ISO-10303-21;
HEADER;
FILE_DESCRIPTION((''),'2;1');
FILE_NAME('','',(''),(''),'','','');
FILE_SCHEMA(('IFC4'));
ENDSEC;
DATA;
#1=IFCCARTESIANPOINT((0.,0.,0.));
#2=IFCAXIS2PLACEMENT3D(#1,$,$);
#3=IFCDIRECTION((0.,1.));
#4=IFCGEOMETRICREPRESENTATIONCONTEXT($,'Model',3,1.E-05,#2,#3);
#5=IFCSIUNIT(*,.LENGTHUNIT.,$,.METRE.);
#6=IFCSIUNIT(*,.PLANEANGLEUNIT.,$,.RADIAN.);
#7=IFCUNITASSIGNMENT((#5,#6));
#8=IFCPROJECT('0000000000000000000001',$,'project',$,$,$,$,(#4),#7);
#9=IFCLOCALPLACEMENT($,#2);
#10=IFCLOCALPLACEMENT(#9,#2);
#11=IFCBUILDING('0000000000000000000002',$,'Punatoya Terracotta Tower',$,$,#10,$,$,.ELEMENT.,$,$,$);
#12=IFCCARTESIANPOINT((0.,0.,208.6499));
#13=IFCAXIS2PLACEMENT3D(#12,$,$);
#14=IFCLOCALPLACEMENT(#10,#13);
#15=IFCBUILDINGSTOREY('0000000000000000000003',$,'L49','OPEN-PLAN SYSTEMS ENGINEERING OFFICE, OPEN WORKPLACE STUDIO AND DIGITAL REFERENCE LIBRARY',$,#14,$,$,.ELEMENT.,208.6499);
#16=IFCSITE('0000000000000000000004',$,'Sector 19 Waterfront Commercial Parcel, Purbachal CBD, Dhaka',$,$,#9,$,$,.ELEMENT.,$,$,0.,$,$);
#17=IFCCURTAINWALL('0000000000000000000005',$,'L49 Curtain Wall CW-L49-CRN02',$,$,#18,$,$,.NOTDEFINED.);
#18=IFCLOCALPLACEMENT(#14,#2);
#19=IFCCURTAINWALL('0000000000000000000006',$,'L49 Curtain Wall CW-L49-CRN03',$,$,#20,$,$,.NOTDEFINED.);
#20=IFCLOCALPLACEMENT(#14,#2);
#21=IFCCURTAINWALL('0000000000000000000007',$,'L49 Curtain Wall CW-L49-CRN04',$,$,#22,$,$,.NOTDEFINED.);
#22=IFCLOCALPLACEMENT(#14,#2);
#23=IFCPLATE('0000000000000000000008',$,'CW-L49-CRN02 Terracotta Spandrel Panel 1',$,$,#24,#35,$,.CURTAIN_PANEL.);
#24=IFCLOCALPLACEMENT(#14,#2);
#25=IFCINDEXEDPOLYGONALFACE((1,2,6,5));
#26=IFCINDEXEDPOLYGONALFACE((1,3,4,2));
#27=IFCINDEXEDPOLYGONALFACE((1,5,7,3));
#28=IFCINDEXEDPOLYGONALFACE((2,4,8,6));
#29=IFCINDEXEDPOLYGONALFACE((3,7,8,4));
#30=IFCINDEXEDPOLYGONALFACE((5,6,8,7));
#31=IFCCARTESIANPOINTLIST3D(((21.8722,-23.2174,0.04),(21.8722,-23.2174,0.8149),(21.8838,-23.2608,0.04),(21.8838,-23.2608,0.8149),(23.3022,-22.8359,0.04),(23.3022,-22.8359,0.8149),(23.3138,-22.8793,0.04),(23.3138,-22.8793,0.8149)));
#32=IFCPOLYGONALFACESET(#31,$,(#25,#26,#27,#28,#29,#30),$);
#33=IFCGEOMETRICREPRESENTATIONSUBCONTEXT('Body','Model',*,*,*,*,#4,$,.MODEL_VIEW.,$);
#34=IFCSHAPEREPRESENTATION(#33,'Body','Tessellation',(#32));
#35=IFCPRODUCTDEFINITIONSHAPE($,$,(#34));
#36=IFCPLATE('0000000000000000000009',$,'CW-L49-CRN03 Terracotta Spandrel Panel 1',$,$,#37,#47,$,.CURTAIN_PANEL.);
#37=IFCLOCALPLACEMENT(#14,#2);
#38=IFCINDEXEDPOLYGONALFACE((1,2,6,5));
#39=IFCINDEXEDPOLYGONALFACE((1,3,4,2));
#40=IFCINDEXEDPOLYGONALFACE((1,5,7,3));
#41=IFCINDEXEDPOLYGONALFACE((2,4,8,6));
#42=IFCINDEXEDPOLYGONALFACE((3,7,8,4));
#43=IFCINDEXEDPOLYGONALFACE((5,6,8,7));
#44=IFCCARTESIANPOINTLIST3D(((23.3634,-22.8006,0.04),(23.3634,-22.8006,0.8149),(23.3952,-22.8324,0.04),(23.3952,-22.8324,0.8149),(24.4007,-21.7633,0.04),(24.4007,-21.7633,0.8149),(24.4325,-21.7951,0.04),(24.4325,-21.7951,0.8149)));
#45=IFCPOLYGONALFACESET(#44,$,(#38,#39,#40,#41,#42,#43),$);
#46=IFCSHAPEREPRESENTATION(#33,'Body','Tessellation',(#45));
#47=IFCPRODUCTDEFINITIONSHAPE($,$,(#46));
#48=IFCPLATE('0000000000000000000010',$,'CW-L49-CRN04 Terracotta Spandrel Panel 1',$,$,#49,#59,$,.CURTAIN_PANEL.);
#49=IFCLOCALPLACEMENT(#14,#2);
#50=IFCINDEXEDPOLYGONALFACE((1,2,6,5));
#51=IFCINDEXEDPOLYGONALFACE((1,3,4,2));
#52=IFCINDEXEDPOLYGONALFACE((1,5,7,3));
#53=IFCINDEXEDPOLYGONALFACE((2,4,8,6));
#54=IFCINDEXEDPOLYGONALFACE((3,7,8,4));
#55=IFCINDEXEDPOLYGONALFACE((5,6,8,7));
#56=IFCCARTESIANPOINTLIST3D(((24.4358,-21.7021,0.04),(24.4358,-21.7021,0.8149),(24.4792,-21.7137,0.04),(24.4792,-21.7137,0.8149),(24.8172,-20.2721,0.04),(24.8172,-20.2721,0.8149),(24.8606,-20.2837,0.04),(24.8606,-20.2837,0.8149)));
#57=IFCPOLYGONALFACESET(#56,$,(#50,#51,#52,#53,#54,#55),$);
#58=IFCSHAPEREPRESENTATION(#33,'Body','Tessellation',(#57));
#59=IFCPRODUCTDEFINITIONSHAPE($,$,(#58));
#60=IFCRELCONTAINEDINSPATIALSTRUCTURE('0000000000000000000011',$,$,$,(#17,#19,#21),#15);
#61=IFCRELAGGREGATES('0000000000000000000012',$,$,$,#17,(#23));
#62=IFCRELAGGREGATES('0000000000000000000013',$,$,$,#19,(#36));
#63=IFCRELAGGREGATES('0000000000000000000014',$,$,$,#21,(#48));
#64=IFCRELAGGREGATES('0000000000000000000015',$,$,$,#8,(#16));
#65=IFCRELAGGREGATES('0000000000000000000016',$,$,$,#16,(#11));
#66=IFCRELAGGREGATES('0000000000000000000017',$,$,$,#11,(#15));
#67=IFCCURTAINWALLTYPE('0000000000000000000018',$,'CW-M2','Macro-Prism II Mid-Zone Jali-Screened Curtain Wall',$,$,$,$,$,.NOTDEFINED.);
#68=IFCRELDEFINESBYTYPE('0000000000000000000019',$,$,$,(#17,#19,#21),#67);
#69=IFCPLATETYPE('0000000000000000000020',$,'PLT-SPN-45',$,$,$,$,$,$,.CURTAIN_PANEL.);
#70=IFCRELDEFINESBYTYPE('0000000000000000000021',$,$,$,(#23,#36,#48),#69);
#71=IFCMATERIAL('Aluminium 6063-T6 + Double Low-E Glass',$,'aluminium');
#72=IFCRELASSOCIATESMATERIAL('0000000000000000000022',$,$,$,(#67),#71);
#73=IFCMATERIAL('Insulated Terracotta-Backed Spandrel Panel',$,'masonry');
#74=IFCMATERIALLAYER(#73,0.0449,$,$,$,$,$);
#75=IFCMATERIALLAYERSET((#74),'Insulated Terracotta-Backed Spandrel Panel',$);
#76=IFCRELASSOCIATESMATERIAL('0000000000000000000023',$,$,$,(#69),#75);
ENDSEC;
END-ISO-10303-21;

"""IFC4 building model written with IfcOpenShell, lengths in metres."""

from ifc_helpers import new_model, si_unit, direction, frame, origin, origin_2d, place, context, subcontext, project, spatial, rectangle, extrude, material, layer, layer_set, type_object, element, aggregate, save


model = new_model("IFC4")

# Units and contexts
model_context = context("Model", 3, precision=1e-05, world=origin(), true_north=direction((0.0, 1.0)))
body_context = subcontext(model_context, "Body", "Model", "MODEL_VIEW")
ifc_project = project(units=[si_unit("LENGTHUNIT", "METRE"), si_unit("PLANEANGLEUNIT", "RADIAN")], contexts=[model_context])

# Site, building, storey
site_placement = place(None, origin())
site = spatial("IfcSite", under=ifc_project, at=site_placement, Name="Sector 19 Waterfront Commercial Parcel, Purbachal CBD, Dhaka", CompositionType="ELEMENT", RefElevation=0.0)
building_placement = place(site_placement, origin())
building = spatial("IfcBuilding", under=site, at=building_placement, Name="Punatoya Terracotta Tower", CompositionType="ELEMENT")
storey_placement = place(building_placement, frame((0.0, 0.0, 208.6499)))
storey = spatial("IfcBuildingStorey", under=building, at=storey_placement, Name="L49", Description="OPEN-PLAN SYSTEMS ENGINEERING OFFICE, OPEN WORKPLACE STUDIO AND DIGITAL REFERENCE LIBRARY", CompositionType="ELEMENT", Elevation=208.6499)

# Shared definitions
ifc_material_1 = material(Name="Aluminium 6063-T6 + Double Low-E Glass", Category="aluminium")
curtain_wall_type = type_object("IfcCurtainWallType", Name="CW-M2", Description="Macro-Prism II Mid-Zone Jali-Screened Curtain Wall", PredefinedType="NOTDEFINED", material=ifc_material_1)

# Curtain walls
curtain_wall_1_placement = place(storey_placement, origin())
curtain_wall_1 = element("IfcCurtainWall", 1, at=curtain_wall_1_placement, inside=storey, type_object=curtain_wall_type, Name="L49 Curtain Wall CW-L49-CRN02", PredefinedType="NOTDEFINED")
curtain_wall_2_placement = place(storey_placement, origin())
curtain_wall_2 = element("IfcCurtainWall", 2, at=curtain_wall_2_placement, inside=storey, type_object=curtain_wall_type, Name="L49 Curtain Wall CW-L49-CRN03", PredefinedType="NOTDEFINED")
curtain_wall_3_placement = place(storey_placement, origin())
curtain_wall_3 = element("IfcCurtainWall", 3, at=curtain_wall_3_placement, inside=storey, type_object=curtain_wall_type, Name="L49 Curtain Wall CW-L49-CRN04", PredefinedType="NOTDEFINED")

# Plates
ifc_material_2 = material(Name="Insulated Terracotta-Backed Spandrel Panel", Category="masonry")
ifc_layer_1 = layer(ifc_material_2, 0.0449)
ifc_layer_set_1 = layer_set([ifc_layer_1], Name="Insulated Terracotta-Backed Spandrel Panel")
plate_type_1 = type_object("IfcPlateType", Name="PLT-SPN-45", PredefinedType="CURTAIN_PANEL", material=ifc_layer_set_1)
plate_1_placement = place(storey_placement, frame((22.593, -23.0483, 0.04), z_axis=(0.0, 0.0, 1.0), x_axis=(0.966214, 0.257742, 0.0)))
plate_1 = element("IfcPlate", 4, at=plate_1_placement, type_object=plate_type_1, Name="CW-L49-CRN02 Terracotta Spandrel Panel 1", PredefinedType="CURTAIN_PANEL", context=body_context, shape_type="SweptSolid", body=[
    extrude(rectangle(XDim=1.48, YDim=0.0449, at=origin_2d()), origin(), (0.0, 0.0, 1.0), 0.7749),
])
aggregate(curtain_wall_1, [plate_1])
plate_2_placement = place(storey_placement, frame((23.8979, -22.2979, 0.04), z_axis=(0.0, 0.0, 1.0), x_axis=(0.707107, 0.707107, 0.0)))
plate_2 = element("IfcPlate", 5, at=plate_2_placement, type_object=plate_type_1, Name="CW-L49-CRN03 Terracotta Spandrel Panel 1", PredefinedType="CURTAIN_PANEL", context=body_context, shape_type="SweptSolid", body=[
    extrude(rectangle(XDim=1.467, YDim=0.0449, at=origin_2d()), origin(), (0.0, 0.0, 1.0), 0.7749),
])
aggregate(curtain_wall_2, [plate_2])
plate_3_placement = place(storey_placement, frame((24.6482, -20.9929, 0.04), z_axis=(0.0, 0.0, 1.0), x_axis=(0.257742, 0.966214, 0.0)))
plate_3 = element("IfcPlate", 6, at=plate_3_placement, type_object=plate_type_1, Name="CW-L49-CRN04 Terracotta Spandrel Panel 1", PredefinedType="CURTAIN_PANEL", context=body_context, shape_type="SweptSolid", body=[
    extrude(rectangle(XDim=1.48, YDim=0.0449, at=origin_2d()), origin(), (0.0, 0.0, 1.0), 0.7749),
])
aggregate(curtain_wall_3, [plate_3])

save(model, "model.ifc")
